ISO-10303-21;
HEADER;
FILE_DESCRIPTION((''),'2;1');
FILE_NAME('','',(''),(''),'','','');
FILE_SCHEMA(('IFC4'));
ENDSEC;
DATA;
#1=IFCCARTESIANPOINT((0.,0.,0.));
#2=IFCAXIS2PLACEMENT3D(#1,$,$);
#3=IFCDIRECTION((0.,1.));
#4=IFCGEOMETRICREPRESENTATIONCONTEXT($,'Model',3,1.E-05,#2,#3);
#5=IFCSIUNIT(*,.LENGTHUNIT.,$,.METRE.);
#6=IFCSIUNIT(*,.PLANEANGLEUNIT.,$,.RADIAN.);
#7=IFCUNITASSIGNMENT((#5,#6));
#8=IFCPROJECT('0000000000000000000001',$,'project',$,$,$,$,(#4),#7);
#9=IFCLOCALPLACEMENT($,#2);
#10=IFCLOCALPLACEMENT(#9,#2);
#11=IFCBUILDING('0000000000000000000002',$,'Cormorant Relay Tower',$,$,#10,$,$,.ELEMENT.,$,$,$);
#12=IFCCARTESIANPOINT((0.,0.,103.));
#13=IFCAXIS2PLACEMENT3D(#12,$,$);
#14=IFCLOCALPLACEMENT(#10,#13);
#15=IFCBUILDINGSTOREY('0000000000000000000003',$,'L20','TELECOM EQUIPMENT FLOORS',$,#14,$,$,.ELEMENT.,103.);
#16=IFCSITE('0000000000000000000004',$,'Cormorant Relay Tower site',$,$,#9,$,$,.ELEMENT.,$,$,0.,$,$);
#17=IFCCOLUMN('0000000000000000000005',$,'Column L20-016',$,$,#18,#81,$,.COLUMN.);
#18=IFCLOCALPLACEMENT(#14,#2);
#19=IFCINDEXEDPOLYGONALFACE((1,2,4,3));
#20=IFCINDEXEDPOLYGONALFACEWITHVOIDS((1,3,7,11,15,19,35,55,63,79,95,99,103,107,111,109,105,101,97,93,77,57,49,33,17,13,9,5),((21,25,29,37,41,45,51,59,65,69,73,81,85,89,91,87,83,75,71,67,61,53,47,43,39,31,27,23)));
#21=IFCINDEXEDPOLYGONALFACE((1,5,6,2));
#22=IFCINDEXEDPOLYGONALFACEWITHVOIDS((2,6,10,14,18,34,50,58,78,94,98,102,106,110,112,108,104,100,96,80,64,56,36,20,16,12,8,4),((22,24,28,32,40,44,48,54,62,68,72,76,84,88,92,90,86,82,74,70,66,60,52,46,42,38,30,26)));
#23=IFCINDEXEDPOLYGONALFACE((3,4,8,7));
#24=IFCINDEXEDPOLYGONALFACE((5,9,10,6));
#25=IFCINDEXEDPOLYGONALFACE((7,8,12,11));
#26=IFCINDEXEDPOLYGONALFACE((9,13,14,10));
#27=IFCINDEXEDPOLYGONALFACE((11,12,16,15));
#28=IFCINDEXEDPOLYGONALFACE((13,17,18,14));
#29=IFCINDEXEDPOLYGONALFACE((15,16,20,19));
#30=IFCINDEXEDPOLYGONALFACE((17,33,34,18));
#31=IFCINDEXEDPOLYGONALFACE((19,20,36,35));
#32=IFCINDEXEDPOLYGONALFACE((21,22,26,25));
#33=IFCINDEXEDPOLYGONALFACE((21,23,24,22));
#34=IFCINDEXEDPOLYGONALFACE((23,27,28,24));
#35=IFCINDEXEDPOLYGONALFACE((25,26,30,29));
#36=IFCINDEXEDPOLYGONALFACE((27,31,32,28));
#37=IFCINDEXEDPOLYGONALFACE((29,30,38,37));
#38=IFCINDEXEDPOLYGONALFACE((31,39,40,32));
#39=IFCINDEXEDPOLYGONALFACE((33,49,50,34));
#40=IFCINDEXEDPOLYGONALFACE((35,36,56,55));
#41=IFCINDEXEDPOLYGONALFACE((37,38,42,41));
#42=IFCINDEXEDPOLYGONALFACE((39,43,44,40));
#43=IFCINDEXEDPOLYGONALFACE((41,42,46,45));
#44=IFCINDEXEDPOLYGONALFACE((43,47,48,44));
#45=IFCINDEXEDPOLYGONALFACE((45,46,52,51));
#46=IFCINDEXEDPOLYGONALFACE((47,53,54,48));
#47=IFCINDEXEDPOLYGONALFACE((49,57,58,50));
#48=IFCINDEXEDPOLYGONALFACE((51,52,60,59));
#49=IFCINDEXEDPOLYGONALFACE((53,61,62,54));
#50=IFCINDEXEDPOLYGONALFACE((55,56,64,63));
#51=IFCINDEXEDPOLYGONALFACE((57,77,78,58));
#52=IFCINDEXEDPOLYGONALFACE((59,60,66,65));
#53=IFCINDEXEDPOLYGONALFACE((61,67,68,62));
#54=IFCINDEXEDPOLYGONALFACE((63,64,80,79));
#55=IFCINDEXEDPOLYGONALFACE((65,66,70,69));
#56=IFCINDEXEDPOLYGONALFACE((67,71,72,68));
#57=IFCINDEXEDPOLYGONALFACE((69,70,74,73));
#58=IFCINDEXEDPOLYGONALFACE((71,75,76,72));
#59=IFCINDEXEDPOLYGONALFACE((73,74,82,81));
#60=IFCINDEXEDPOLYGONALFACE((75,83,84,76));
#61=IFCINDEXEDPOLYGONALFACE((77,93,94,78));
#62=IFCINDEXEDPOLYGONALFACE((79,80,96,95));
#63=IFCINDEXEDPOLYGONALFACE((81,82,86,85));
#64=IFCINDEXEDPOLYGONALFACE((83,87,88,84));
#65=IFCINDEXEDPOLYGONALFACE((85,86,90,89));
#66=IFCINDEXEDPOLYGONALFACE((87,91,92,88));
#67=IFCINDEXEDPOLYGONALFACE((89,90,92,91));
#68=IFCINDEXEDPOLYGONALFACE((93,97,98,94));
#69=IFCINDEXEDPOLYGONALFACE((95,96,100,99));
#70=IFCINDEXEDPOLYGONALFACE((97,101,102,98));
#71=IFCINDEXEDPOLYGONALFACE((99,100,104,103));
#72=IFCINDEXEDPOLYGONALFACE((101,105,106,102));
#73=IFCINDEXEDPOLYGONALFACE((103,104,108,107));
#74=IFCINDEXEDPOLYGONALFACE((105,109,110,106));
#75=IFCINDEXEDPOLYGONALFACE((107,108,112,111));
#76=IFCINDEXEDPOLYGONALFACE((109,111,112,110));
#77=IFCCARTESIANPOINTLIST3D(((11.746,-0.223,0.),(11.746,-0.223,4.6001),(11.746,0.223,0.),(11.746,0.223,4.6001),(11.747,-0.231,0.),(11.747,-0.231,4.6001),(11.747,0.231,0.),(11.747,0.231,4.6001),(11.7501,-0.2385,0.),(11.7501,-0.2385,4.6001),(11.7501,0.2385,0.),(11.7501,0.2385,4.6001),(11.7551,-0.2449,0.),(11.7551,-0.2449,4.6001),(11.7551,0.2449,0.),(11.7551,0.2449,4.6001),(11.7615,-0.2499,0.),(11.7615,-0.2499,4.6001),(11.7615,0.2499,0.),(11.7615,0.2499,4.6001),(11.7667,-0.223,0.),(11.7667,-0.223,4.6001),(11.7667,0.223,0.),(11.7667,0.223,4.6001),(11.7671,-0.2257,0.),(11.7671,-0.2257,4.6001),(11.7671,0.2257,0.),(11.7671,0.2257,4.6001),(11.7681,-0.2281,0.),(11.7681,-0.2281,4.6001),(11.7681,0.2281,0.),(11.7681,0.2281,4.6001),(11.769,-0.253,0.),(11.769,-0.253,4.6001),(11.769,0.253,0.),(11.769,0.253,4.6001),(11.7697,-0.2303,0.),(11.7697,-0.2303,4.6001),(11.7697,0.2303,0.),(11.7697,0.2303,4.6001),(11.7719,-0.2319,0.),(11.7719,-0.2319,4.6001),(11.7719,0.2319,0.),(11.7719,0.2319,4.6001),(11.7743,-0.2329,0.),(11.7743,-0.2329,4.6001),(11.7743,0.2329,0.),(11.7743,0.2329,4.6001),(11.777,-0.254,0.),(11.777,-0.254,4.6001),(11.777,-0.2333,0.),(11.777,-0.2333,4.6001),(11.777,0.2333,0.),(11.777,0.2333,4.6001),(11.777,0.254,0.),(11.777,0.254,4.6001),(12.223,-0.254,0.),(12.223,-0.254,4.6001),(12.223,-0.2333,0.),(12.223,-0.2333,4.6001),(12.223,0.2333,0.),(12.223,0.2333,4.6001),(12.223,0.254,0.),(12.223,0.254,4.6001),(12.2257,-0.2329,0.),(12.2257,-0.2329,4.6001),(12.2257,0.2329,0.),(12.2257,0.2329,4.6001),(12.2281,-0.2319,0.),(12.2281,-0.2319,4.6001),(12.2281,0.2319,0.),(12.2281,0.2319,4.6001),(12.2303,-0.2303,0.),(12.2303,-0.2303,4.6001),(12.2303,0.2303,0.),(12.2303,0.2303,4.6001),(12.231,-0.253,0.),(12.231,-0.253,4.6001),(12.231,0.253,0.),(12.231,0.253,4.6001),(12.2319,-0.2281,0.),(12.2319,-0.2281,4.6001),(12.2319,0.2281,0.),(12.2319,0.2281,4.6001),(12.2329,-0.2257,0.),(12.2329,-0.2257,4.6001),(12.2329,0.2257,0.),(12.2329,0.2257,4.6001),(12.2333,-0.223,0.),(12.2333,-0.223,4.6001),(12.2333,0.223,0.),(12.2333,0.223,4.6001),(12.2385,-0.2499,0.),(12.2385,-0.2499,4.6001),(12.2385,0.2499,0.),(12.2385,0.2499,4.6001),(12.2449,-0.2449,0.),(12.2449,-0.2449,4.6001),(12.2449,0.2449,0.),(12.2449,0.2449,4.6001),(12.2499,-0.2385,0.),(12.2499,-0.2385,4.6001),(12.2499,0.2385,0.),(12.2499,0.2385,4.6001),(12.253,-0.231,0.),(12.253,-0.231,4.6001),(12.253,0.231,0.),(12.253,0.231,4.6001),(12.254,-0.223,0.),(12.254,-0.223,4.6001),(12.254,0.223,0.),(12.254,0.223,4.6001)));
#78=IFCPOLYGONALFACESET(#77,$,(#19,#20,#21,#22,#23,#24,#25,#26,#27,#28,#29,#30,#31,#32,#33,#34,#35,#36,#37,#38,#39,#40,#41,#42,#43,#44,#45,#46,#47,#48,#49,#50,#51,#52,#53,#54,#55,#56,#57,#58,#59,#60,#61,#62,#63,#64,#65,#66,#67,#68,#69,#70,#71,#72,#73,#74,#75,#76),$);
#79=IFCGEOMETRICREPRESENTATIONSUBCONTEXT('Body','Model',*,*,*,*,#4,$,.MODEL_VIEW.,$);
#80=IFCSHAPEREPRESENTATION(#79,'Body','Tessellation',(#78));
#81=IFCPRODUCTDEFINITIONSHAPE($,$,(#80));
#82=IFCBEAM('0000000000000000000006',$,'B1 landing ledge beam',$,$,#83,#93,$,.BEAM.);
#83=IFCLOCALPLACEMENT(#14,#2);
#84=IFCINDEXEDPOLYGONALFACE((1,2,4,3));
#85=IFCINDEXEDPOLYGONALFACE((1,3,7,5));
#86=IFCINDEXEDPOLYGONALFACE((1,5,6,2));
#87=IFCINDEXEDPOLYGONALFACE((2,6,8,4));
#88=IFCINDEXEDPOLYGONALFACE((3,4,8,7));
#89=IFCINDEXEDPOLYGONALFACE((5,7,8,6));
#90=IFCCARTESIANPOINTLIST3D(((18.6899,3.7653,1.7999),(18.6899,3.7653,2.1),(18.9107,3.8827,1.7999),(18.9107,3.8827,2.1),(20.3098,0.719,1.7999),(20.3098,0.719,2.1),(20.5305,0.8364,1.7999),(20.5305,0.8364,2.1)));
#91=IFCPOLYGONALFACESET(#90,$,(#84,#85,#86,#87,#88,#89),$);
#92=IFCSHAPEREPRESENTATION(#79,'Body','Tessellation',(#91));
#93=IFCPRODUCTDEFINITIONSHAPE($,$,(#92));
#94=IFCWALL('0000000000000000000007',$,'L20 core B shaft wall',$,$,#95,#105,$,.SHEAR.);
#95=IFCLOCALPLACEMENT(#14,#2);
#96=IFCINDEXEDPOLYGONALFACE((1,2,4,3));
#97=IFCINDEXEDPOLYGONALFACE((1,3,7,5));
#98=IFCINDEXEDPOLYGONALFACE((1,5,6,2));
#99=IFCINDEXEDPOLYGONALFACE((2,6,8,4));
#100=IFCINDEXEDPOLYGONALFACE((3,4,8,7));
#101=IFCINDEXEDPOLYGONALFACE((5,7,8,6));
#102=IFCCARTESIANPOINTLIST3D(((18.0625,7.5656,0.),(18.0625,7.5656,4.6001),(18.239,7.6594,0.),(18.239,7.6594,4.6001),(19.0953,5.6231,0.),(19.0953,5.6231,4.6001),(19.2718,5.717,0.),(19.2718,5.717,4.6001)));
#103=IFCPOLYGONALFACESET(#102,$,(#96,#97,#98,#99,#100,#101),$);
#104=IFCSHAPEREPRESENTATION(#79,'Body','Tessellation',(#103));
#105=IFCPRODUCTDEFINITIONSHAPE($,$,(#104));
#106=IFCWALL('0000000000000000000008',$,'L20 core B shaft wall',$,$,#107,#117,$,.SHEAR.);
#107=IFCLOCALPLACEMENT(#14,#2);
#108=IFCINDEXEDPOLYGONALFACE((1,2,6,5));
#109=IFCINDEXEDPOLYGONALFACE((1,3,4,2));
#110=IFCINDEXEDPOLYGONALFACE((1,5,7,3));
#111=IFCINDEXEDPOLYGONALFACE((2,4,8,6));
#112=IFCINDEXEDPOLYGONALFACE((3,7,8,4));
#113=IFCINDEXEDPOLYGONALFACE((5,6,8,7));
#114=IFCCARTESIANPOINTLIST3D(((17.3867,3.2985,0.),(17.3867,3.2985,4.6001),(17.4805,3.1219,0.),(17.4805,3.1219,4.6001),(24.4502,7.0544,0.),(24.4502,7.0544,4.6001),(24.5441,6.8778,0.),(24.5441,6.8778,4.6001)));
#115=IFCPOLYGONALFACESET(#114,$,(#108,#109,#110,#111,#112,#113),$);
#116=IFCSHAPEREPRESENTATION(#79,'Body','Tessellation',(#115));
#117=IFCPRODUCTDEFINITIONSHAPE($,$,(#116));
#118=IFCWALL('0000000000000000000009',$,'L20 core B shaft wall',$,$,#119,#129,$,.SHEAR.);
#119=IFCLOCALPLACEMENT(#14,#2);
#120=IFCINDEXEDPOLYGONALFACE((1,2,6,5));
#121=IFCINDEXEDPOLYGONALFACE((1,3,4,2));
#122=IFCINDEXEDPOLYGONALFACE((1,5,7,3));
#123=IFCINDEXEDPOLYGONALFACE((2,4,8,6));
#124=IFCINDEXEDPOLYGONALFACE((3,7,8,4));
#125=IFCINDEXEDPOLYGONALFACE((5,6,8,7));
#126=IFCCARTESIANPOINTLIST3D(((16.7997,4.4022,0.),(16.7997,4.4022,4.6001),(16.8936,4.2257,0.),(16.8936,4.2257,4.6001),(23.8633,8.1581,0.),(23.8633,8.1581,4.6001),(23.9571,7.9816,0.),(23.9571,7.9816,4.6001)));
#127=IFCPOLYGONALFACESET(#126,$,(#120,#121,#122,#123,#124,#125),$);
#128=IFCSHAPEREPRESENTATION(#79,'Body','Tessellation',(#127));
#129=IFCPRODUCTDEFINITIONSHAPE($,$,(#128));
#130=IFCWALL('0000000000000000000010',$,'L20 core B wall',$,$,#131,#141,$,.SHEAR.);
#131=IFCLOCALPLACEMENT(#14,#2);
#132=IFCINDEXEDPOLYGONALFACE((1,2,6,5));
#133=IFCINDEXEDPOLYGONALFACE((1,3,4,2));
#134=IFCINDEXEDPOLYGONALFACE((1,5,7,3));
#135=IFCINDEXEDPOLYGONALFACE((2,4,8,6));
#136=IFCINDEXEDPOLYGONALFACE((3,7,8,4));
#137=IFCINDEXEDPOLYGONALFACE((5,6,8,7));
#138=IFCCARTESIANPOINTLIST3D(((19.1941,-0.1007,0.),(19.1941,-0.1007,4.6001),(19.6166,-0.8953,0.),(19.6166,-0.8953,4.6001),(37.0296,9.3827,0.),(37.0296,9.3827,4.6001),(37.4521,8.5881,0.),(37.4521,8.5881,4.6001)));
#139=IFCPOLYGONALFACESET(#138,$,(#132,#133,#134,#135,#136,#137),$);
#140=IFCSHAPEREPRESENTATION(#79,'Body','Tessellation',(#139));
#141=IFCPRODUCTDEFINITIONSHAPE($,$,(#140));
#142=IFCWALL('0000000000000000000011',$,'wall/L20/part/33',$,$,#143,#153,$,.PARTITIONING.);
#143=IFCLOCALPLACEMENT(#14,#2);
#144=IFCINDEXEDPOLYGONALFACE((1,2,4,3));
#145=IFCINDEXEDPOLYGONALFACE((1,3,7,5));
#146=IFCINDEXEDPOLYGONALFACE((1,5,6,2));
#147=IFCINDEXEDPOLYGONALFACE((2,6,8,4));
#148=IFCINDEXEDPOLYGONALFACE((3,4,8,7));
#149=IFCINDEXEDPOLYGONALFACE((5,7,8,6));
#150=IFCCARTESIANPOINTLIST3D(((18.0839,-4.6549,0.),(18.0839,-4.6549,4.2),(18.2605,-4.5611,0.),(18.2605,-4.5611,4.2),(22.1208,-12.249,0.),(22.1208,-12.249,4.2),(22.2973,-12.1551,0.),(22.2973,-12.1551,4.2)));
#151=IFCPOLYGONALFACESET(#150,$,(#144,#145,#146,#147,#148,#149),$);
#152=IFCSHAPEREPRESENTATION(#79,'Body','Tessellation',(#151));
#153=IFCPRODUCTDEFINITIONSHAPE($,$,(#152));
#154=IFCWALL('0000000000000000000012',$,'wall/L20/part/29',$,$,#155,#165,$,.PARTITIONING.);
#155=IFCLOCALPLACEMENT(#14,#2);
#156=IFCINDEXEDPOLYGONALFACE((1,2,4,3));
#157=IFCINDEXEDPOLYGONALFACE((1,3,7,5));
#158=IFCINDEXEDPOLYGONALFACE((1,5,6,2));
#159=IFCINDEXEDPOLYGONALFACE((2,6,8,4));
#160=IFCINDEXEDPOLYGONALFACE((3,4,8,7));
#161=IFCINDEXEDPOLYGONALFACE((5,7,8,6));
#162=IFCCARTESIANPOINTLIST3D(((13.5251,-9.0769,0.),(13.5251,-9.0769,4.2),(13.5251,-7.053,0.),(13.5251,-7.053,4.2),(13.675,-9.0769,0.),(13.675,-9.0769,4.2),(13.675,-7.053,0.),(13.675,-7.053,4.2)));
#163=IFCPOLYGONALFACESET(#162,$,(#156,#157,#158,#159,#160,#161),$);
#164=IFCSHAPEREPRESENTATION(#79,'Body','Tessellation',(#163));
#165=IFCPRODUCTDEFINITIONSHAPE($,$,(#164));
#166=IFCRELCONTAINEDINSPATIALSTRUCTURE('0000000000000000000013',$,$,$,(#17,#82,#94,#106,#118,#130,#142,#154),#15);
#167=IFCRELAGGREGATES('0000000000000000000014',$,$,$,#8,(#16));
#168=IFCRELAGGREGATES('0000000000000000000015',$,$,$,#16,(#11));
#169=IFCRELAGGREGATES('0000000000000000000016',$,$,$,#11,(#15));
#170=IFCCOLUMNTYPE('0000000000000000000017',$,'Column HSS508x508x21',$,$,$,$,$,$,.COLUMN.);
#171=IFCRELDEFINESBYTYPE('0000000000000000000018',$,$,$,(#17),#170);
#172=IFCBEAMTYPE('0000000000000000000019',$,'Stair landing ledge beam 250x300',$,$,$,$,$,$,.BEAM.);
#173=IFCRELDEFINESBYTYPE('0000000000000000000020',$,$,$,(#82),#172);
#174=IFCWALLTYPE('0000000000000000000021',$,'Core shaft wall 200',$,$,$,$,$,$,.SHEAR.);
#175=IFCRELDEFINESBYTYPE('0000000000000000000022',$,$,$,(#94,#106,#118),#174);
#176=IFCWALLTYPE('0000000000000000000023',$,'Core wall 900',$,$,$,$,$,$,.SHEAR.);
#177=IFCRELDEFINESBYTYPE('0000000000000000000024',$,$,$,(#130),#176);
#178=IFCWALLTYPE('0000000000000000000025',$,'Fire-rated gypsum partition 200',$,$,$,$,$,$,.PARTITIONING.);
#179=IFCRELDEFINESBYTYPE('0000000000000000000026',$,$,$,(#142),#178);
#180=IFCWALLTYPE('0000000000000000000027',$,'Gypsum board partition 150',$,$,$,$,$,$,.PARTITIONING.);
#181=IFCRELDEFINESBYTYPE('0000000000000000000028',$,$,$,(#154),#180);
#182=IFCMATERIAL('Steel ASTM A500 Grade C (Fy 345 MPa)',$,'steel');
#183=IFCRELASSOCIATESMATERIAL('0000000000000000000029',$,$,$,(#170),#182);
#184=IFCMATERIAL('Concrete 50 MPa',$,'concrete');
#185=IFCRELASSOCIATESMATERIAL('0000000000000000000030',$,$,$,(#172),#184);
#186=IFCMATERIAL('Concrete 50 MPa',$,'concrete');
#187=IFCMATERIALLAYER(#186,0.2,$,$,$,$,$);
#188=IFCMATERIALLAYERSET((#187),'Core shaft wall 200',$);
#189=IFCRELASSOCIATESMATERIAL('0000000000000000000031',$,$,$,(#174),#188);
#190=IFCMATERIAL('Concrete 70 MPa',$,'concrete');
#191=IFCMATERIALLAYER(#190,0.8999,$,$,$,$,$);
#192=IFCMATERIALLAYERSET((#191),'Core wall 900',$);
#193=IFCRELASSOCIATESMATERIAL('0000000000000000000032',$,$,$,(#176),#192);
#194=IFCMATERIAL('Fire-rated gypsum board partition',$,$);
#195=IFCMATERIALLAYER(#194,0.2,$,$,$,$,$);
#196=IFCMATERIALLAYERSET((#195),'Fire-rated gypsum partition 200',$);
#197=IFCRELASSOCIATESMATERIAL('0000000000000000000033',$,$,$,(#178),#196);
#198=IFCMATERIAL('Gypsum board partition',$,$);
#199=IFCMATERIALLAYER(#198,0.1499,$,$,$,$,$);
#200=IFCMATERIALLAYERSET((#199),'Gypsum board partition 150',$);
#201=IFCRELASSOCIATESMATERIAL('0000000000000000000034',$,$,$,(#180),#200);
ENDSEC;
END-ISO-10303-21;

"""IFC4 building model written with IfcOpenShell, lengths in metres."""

from ifc_helpers import new_model, si_unit, direction, frame, frame_2d, origin, origin_2d, place, context, subcontext, project, spatial, rectangle, hollow_rectangle, extrude, material, layer, layer_set, material_profile, profile_set, type_object, element, save


model = new_model("IFC4")

# Units and contexts
model_context = context("Model", 3, precision=1e-05, world=origin(), true_north=direction((0.0, 1.0)))
body_context = subcontext(model_context, "Body", "Model", "MODEL_VIEW")
ifc_project = project(units=[si_unit("LENGTHUNIT", "METRE"), si_unit("PLANEANGLEUNIT", "RADIAN")], contexts=[model_context])

# Site, building, storey
site_placement = place(None, origin())
site = spatial("IfcSite", under=ifc_project, at=site_placement, Name="Cormorant Relay Tower site", CompositionType="ELEMENT", RefElevation=0.0)
building_placement = place(site_placement, origin())
building = spatial("IfcBuilding", under=site, at=building_placement, Name="Cormorant Relay Tower", CompositionType="ELEMENT")
storey_placement = place(building_placement, frame((0.0, 0.0, 103.0)))
storey = spatial("IfcBuildingStorey", under=building, at=storey_placement, Name="L20", Description="TELECOM EQUIPMENT FLOORS", CompositionType="ELEMENT", Elevation=103.0)

# Column
ifc_material_1 = material(Name="Steel ASTM A500 Grade C (Fy 345 MPa)", Category="steel")
ifc_material_profile_1 = material_profile(ifc_material_1, hollow_rectangle(XDim=0.5081, YDim=0.5081, WallThickness=0.0208, InnerFilletRadius=0.0103, OuterFilletRadius=0.031, at=origin_2d()), Name="HSS508x508x21")
ifc_profile_set_1 = profile_set([ifc_material_profile_1], Name="Steel ASTM A500 Grade C (Fy 345 MPa)")
column_type = type_object("IfcColumnType", Name="Column HSS508x508x21", PredefinedType="COLUMN", material=ifc_profile_set_1)
column_placement = place(storey_placement, frame((12.0, 0.0, 0.0), z_axis=(0.0, 0.0, 1.0), x_axis=(1.0, 0.0, 0.0)))
element("IfcColumn", 1, at=column_placement, inside=storey, type_object=column_type, Name="Column L20-016", PredefinedType="COLUMN", context=body_context, shape_type="SweptSolid", body=[
    extrude(hollow_rectangle(XDim=0.5081, YDim=0.5081, WallThickness=0.0208, InnerFilletRadius=0.0103, OuterFilletRadius=0.031, at=origin_2d()), origin(), (0.0, 0.0, 1.0), 4.6001),
])

# Beam
ifc_material_2 = material(Name="Concrete 50 MPa", Category="concrete")
ifc_material_profile_2 = material_profile(ifc_material_2, rectangle(XDim=0.25, YDim=0.3, at=origin_2d()), Name="RC 250x300")
ifc_profile_set_2 = profile_set([ifc_material_profile_2], Name="Concrete 50 MPa")
beam_type = type_object("IfcBeamType", Name="Stair landing ledge beam 250x300", PredefinedType="BEAM", material=ifc_profile_set_2)
beam_placement = place(storey_placement, frame((18.8003, 3.824, 1.95), z_axis=(0.46949, -0.882938, 0.0), x_axis=(0.882938, 0.46949, 0.0)))
element("IfcBeam", 2, at=beam_placement, inside=storey, type_object=beam_type, Name="B1 landing ledge beam", PredefinedType="BEAM", context=body_context, shape_type="SweptSolid", body=[
    extrude(rectangle(XDim=0.25, YDim=0.3, at=origin_2d()), origin(), (0.0, 0.0, 1.0), 3.4502),
])

# Walls
ifc_material_3 = material(Name="Concrete 50 MPa", Category="concrete")
ifc_layer_1 = layer(ifc_material_3, 0.2)
ifc_layer_set_1 = layer_set([ifc_layer_1], Name="Core shaft wall 200")
wall_type_1 = type_object("IfcWallType", Name="Core shaft wall 200", PredefinedType="SHEAR", material=ifc_layer_set_1)
wall_1_placement = place(storey_placement, frame((19.1836, 5.6699, 0.0), z_axis=(0.0, 0.0, 1.0), x_axis=(-0.469447, 0.88296, 0.0)))
element("IfcWall", 3, at=wall_1_placement, inside=storey, type_object=wall_type_1, Name="L20 core B shaft wall", PredefinedType="SHEAR", context=body_context, shape_type="SweptSolid", body=[
    extrude(rectangle(XDim=2.2, YDim=0.2, at=frame_2d((1.1001, 0.0))), origin(), (0.0, 0.0, 1.0), 4.6001),
])
for number, where, z_axis, x_axis, name in (
    (4, (17.4336, 3.2102, 0.0), (0.0, 0.0, 1.0), (0.88294, 0.469485, 0.0), "L20 core B shaft wall"),
    (5, (16.8467, 4.314, 0.0), (0.0, 0.0, 1.0), (0.88294, 0.469485, 0.0), "L20 core B shaft wall"),
):
    element("IfcWall", number, at=place(storey_placement, frame(where, z_axis=z_axis, x_axis=x_axis)), inside=storey, type_object=wall_type_1, Name=name, PredefinedType="SHEAR", context=body_context, shape_type="SweptSolid", body=[
        extrude(rectangle(XDim=8.0, YDim=0.2, at=frame_2d((4.0, 0.0))), origin(), (0.0, 0.0, 1.0), 4.6001),
    ])

# Shared definitions
ifc_material_4 = material(Name="Concrete 70 MPa", Category="concrete")
ifc_layer_2 = layer(ifc_material_4, 0.8999)
ifc_layer_set_2 = layer_set([ifc_layer_2], Name="Core wall 900")
wall_type_2 = type_object("IfcWallType", Name="Core wall 900", PredefinedType="SHEAR", material=ifc_layer_set_2)

# Walls
wall_2_placement = place(storey_placement, frame((19.4053, -0.498, 0.0), z_axis=(0.0, 0.0, 1.0), x_axis=(0.882945, 0.469476, 0.0)))
element("IfcWall", 6, at=wall_2_placement, inside=storey, type_object=wall_type_2, Name="L20 core B wall", PredefinedType="SHEAR", context=body_context, shape_type="SweptSolid", body=[
    extrude(rectangle(XDim=20.2, YDim=0.8999, at=frame_2d((10.1001, 0.0))), origin(), (0.0, 0.0, 1.0), 4.6001),
])
ifc_material_5 = material(Name="Fire-rated gypsum board partition")
ifc_layer_3 = layer(ifc_material_5, 0.2)
ifc_layer_set_3 = layer_set([ifc_layer_3], Name="Fire-rated gypsum partition 200")
wall_type_3 = type_object("IfcWallType", Name="Fire-rated gypsum partition 200", PredefinedType="PARTITIONING", material=ifc_layer_set_3)
wall_3_placement = place(storey_placement, frame((18.1721, -4.6079, 0.0), z_axis=(0.0, 0.0, 1.0), x_axis=(0.469387, -0.882993, 0.0)))
element("IfcWall", 7, at=wall_3_placement, inside=storey, type_object=wall_type_3, Name="wall/L20/part/33", PredefinedType="PARTITIONING", context=body_context, shape_type="SweptSolid", body=[
    extrude(rectangle(XDim=8.6003, YDim=0.2, at=frame_2d((4.3003, 0.0))), origin(), (0.0, 0.0, 1.0), 4.2),
])
ifc_material_6 = material(Name="Gypsum board partition")
ifc_layer_4 = layer(ifc_material_6, 0.1499)
ifc_layer_set_4 = layer_set([ifc_layer_4], Name="Gypsum board partition 150")
wall_type_4 = type_object("IfcWallType", Name="Gypsum board partition 150", PredefinedType="PARTITIONING", material=ifc_layer_set_4)
wall_4_placement = place(storey_placement, frame((13.6001, -7.053, 0.0), z_axis=(0.0, 0.0, 1.0), x_axis=(0.0, -1.0, 0.0)))
element("IfcWall", 8, at=wall_4_placement, inside=storey, type_object=wall_type_4, Name="wall/L20/part/29", PredefinedType="PARTITIONING", context=body_context, shape_type="SweptSolid", body=[
    extrude(rectangle(XDim=2.0239, YDim=0.1499, at=frame_2d((1.012, 0.0))), origin(), (0.0, 0.0, 1.0), 4.2),
])

save(model, "model.ifc")
